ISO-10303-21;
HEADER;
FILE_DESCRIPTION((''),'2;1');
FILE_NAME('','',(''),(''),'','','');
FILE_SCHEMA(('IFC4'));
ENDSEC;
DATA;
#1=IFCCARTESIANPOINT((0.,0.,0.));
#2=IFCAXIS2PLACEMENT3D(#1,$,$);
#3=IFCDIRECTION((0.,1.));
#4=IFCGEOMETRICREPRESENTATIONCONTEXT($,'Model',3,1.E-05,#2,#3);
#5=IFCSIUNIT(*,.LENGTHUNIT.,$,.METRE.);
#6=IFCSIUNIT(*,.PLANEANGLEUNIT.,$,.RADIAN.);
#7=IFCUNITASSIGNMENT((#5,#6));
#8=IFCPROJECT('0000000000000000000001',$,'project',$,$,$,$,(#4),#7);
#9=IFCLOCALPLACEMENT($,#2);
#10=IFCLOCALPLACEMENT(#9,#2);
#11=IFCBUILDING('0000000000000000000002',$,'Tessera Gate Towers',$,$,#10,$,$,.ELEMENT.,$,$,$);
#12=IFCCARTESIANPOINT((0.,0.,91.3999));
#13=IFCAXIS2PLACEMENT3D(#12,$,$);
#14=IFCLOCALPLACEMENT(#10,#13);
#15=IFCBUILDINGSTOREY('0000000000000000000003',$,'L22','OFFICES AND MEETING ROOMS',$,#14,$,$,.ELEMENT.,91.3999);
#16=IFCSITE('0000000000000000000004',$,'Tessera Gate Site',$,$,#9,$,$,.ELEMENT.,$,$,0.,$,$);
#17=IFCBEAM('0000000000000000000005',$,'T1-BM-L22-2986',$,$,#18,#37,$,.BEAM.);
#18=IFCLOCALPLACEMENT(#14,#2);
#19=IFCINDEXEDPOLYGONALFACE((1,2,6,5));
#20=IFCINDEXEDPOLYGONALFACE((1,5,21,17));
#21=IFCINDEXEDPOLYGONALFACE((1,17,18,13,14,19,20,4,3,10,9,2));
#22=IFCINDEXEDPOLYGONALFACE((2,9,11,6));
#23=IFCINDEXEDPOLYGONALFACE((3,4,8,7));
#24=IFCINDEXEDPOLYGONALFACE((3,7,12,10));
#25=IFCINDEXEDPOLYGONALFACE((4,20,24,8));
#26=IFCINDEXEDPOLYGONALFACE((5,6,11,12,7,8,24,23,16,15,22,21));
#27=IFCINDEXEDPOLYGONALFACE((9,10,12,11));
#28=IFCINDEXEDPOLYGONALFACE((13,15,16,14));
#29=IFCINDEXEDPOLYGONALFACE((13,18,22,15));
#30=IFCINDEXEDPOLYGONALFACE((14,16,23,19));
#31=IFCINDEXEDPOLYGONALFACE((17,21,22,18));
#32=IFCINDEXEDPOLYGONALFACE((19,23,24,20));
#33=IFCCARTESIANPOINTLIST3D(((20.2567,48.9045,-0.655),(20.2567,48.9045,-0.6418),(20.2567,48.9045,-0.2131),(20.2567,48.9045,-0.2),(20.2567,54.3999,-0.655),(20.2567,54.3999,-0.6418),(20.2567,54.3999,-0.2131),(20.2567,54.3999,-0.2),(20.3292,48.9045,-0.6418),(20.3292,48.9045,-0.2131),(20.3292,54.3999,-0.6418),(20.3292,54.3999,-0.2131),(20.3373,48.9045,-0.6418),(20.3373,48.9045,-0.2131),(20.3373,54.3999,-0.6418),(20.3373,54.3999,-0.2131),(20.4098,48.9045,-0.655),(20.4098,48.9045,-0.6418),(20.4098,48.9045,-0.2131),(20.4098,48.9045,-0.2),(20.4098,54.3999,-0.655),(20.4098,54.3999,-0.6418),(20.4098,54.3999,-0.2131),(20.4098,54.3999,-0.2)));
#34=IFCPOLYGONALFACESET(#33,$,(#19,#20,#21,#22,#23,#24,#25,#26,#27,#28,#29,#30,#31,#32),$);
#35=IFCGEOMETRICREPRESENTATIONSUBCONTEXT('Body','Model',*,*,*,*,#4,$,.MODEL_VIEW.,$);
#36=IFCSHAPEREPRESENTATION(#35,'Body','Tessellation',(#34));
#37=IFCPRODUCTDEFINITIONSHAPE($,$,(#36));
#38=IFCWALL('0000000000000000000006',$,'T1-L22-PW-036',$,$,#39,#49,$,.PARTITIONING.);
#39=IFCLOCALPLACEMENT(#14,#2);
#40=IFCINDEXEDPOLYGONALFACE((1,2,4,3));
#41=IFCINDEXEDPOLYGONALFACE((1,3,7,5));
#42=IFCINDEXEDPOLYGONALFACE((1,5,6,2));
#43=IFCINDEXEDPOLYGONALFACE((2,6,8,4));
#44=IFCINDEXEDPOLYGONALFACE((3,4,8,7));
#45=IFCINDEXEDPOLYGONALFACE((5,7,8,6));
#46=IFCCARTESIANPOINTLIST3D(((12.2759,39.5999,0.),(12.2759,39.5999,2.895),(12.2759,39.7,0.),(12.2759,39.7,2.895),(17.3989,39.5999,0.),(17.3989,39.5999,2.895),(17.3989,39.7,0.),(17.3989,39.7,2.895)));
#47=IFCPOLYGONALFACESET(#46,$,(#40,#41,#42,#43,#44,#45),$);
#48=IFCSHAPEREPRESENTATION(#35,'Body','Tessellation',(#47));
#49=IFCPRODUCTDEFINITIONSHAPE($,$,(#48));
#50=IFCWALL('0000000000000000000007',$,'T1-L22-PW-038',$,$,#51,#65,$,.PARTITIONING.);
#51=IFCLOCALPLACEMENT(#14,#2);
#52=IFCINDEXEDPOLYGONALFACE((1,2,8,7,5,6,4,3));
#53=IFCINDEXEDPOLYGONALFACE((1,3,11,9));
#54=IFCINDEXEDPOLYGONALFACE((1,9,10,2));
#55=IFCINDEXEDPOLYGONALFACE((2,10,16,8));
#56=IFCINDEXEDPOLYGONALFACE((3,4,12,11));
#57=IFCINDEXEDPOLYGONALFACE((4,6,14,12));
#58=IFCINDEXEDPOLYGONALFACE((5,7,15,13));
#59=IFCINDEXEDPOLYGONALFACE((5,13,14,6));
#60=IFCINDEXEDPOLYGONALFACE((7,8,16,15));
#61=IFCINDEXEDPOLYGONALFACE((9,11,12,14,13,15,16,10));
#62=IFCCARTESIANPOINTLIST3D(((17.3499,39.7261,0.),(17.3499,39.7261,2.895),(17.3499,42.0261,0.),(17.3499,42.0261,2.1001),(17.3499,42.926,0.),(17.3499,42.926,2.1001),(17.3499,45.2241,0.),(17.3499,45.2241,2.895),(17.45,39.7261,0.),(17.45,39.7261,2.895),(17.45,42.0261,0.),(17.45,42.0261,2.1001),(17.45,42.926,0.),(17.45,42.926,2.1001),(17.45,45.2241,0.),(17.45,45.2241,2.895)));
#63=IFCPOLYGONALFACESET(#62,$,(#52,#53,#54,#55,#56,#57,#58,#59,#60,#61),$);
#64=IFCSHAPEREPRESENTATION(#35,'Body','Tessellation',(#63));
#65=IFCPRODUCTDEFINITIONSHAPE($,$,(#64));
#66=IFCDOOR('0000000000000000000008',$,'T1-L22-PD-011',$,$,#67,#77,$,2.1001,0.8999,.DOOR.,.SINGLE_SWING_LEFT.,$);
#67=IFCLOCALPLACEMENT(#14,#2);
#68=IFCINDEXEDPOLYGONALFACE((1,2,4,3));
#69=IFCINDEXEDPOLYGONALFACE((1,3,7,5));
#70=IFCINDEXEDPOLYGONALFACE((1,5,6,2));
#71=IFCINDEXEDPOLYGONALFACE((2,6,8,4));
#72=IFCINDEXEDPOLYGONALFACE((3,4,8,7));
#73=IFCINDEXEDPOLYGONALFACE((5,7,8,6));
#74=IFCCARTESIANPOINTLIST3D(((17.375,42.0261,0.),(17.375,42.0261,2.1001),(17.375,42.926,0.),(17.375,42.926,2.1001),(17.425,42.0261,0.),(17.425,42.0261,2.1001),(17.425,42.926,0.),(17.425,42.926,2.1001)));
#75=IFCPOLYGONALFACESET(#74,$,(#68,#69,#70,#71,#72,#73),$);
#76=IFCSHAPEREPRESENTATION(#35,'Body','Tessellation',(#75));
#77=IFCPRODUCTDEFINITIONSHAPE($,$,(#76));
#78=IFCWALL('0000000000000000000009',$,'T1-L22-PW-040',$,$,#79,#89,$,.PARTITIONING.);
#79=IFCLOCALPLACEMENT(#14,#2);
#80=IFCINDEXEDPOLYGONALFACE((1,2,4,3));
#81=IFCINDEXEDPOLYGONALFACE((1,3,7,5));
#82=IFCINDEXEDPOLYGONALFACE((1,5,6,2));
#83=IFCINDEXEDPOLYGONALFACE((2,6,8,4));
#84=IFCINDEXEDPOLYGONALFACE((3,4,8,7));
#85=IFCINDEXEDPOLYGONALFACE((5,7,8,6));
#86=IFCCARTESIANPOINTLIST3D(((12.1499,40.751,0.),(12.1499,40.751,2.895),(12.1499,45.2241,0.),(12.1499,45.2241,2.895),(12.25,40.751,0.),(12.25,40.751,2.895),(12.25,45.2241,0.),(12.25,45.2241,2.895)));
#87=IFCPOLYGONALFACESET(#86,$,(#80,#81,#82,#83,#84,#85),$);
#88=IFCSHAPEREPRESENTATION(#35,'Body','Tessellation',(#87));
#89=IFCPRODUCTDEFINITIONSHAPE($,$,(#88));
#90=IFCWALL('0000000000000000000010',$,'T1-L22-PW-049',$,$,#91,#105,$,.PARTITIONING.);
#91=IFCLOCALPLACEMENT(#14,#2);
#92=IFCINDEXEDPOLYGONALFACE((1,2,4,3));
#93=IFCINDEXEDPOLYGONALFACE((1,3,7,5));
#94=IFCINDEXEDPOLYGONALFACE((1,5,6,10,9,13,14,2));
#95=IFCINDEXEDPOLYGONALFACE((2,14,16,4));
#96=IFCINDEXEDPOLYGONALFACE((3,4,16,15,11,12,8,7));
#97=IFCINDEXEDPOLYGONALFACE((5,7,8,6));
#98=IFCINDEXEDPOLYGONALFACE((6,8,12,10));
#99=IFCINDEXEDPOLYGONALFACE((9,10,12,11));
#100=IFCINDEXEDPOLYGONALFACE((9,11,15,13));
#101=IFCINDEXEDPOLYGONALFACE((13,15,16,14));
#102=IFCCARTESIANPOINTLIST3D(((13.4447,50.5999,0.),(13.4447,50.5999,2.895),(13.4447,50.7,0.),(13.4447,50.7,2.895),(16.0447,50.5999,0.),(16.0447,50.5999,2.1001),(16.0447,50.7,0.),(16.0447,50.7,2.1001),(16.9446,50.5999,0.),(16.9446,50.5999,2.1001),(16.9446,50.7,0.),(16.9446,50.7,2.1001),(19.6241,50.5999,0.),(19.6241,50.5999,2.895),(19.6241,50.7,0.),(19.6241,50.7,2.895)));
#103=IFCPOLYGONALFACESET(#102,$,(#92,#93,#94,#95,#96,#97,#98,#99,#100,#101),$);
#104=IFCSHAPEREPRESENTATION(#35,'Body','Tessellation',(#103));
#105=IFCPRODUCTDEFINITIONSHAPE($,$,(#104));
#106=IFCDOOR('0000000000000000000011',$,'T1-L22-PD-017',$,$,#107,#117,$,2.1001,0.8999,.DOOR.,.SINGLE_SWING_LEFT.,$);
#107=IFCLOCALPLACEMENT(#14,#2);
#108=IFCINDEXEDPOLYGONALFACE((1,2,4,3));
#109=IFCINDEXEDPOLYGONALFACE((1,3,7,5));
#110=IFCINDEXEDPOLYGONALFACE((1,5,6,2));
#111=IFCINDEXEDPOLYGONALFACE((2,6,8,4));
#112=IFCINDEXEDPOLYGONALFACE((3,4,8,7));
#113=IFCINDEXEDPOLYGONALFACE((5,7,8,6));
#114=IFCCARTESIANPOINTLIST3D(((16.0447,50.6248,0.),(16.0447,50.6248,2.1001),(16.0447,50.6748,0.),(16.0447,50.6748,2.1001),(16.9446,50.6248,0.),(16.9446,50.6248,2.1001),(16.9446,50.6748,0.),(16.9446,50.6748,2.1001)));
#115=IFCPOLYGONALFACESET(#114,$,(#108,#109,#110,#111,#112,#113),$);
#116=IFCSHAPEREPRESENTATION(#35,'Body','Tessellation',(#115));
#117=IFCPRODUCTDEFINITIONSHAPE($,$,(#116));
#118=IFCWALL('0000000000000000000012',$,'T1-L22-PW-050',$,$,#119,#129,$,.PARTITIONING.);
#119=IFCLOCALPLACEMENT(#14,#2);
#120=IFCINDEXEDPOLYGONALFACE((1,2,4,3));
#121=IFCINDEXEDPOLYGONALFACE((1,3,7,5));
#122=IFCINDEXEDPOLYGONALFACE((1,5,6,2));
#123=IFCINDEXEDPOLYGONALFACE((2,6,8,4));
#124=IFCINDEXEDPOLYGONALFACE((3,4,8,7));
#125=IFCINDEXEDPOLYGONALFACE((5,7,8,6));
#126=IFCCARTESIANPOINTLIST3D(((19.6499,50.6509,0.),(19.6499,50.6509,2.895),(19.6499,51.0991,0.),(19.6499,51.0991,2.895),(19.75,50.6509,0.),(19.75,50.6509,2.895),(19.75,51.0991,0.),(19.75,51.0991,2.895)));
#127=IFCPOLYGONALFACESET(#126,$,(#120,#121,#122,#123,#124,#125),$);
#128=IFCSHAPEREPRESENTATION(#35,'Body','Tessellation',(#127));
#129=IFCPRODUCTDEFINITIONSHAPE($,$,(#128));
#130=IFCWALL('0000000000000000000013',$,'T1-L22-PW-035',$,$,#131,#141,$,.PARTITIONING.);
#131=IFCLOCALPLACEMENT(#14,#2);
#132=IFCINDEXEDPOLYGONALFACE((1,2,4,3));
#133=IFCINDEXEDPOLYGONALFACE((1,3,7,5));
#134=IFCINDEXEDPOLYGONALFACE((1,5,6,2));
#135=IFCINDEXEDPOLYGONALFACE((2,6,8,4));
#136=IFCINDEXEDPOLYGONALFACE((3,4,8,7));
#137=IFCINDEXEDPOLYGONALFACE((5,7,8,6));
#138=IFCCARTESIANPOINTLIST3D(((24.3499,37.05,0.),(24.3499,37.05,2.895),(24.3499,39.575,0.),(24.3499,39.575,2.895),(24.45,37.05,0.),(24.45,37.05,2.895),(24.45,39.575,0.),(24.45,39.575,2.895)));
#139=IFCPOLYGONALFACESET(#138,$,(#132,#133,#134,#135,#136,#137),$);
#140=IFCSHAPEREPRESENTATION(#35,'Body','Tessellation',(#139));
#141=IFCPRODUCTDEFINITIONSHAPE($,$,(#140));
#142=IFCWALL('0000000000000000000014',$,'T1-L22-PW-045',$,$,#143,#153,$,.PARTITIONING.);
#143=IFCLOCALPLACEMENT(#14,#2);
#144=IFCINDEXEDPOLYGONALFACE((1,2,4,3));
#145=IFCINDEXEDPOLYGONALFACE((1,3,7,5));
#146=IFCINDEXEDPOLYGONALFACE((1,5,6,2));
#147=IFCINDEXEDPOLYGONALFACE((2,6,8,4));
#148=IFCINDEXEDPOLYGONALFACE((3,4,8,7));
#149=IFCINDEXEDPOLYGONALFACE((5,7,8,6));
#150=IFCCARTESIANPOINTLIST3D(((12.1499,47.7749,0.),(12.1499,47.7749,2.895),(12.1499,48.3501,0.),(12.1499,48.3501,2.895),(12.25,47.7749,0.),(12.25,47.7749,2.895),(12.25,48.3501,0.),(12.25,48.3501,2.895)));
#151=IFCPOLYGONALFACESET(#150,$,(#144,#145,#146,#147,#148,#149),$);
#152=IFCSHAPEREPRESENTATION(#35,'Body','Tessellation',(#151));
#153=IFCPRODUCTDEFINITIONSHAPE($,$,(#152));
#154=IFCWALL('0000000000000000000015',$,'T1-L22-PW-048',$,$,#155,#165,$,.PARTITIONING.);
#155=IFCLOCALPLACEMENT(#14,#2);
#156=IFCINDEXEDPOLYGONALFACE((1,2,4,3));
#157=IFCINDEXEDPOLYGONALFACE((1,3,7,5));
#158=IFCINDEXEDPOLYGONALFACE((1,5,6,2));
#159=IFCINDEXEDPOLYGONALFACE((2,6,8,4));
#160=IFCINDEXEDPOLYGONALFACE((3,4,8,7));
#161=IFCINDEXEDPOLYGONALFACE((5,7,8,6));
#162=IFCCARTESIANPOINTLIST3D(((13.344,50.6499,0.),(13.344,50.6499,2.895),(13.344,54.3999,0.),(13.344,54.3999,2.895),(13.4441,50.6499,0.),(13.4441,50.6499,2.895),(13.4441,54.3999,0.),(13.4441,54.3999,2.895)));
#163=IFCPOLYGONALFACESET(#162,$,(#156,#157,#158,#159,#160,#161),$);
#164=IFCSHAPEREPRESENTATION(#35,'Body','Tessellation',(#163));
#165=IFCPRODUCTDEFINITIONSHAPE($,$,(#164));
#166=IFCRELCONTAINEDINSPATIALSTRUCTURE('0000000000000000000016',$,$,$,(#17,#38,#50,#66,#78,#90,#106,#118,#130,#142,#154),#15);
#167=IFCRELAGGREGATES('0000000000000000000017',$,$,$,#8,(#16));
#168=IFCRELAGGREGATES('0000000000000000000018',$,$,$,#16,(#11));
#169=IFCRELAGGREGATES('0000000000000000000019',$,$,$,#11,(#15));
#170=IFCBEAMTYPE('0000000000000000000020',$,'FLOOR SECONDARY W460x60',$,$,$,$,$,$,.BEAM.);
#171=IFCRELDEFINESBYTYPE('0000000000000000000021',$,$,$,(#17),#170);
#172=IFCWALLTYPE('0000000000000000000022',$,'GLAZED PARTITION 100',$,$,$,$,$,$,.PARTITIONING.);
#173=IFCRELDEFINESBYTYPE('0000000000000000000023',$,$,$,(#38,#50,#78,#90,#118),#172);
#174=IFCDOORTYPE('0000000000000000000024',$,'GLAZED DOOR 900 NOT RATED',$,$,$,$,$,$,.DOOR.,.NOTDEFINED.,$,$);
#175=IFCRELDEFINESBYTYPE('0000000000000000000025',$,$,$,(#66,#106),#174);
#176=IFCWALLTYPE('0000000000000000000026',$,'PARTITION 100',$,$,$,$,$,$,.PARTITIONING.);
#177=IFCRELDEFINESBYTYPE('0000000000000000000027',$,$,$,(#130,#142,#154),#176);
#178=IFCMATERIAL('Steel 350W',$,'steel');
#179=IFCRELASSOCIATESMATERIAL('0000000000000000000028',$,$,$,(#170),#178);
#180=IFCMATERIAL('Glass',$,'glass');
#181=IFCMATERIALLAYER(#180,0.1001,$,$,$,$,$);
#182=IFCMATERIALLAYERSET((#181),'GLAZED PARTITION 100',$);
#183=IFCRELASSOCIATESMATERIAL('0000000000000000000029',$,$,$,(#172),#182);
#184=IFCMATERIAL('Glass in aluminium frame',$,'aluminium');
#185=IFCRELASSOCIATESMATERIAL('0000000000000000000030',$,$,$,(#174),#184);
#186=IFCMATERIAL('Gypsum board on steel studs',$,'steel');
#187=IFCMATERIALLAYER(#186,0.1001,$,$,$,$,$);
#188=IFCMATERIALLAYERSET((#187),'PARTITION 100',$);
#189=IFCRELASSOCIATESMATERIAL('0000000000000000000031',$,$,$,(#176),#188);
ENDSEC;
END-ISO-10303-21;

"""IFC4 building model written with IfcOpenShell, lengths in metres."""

from ifc_helpers import new_model, si_unit, direction, frame, frame_2d, origin, origin_2d, place, context, subcontext, project, spatial, rectangle, i_section, extrude, source, transform, mapped, material, layer, layer_set, material_profile, profile_set, type_object, element, fill, save


model = new_model("IFC4")

# Units and contexts
model_context = context("Model", 3, precision=1e-05, world=origin(), true_north=direction((0.0, 1.0)))
body_context = subcontext(model_context, "Body", "Model", "MODEL_VIEW")
ifc_project = project(units=[si_unit("LENGTHUNIT", "METRE"), si_unit("PLANEANGLEUNIT", "RADIAN")], contexts=[model_context])

# Site, building, storey
site_placement = place(None, origin())
site = spatial("IfcSite", under=ifc_project, at=site_placement, Name="Tessera Gate Site", CompositionType="ELEMENT", RefElevation=0.0)
building_placement = place(site_placement, origin())
building = spatial("IfcBuilding", under=site, at=building_placement, Name="Tessera Gate Towers", CompositionType="ELEMENT")
storey_placement = place(building_placement, frame((0.0, 0.0, 91.3999)))
storey = spatial("IfcBuildingStorey", under=building, at=storey_placement, Name="L22", Description="OFFICES AND MEETING ROOMS", CompositionType="ELEMENT", Elevation=91.3999)

# Beam
ifc_material_1 = material(Name="Steel 350W", Category="steel")
ifc_material_profile_1 = material_profile(ifc_material_1, i_section(OverallWidth=0.1531, OverallDepth=0.4551, WebThickness=0.0081, FlangeThickness=0.0132, at=origin_2d()), Name="W460x60")
ifc_profile_set_1 = profile_set([ifc_material_profile_1], Name="Steel 350W")
beam_type_1 = type_object("IfcBeamType", Name="FLOOR SECONDARY W460x60", PredefinedType="BEAM", material=ifc_profile_set_1)
beam_1_placement = place(storey_placement, frame((20.3333, 48.9045, -0.4275), z_axis=(0.0, 1.0, 0.0), x_axis=(-1.0, 0.0, 0.0)))
element("IfcBeam", 1, at=beam_1_placement, inside=storey, type_object=beam_type_1, Name="T1-BM-L22-2986", PredefinedType="BEAM", context=body_context, shape_type="SweptSolid", body=[
    extrude(i_section(OverallWidth=0.1531, OverallDepth=0.4551, WebThickness=0.0081, FlangeThickness=0.0132, at=origin_2d()), origin(), (0.0, 0.0, 1.0), 5.4954),
])

# Wall
ifc_material_2 = material(Name="Glass", Category="glass")
ifc_layer_1 = layer(ifc_material_2, 0.1001)
ifc_layer_set_1 = layer_set([ifc_layer_1], Name="GLAZED PARTITION 100")
wall_type_1 = type_object("IfcWallType", Name="GLAZED PARTITION 100", PredefinedType="PARTITIONING", material=ifc_layer_set_1)
wall_1_placement = place(storey_placement, frame((12.2759, 39.6499, 0.0), z_axis=(0.0, 0.0, 1.0), x_axis=(1.0, 0.0, 0.0)))
element("IfcWall", 2, at=wall_1_placement, inside=storey, type_object=wall_type_1, Name="T1-L22-PW-036", PredefinedType="PARTITIONING", context=body_context, shape_type="SweptSolid", body=[
    extrude(rectangle(XDim=5.123, YDim=0.1001, at=frame_2d((2.5615, 0.0))), origin(), (0.0, 0.0, 1.0), 2.895),
])

# Wall, opening, door
wall_2_placement = place(storey_placement, frame((17.3999, 39.7261, 0.0), z_axis=(0.0, 0.0, 1.0), x_axis=(0.0, 1.0, 0.0)))
wall_2 = element("IfcWall", 3, at=wall_2_placement, inside=storey, type_object=wall_type_1, Name="T1-L22-PW-038", PredefinedType="PARTITIONING", context=body_context, shape_type="SweptSolid", body=[
    extrude(rectangle(XDim=5.498, YDim=0.1001, at=frame_2d((2.749, 0.0))), origin(), (0.0, 0.0, 1.0), 2.895),
])
shared_shape_1 = source(origin(), body_context, "Body", "SweptSolid", [
    extrude(rectangle(XDim=0.8999, YDim=2.1001, at=frame_2d((0.45, 1.05))), frame((0.0, 0.0601, 0.0), z_axis=(0.0, -1.0, 0.0), x_axis=(1.0, 0.0, 0.0)), (0.0, 0.0, 1.0), 0.1201),
])
opening_1_placement = place(wall_2_placement, frame((2.3, 0.0, 0.0)))
opening_1 = element("IfcOpeningElement", 4, at=opening_1_placement, cuts=wall_2, PredefinedType="OPENING", context=body_context, shape_type="MappedRepresentation", body=[
    mapped(shared_shape_1, transform((0.0, 0.0, 0.0), scale=1.0)),
])
ifc_material_3 = material(Name="Glass in aluminium frame", Category="aluminium")
door_type_1 = type_object("IfcDoorType", Name="GLAZED DOOR 900 NOT RATED", OperationType="NOTDEFINED", PredefinedType="DOOR", material=ifc_material_3)
shared_shape_2 = source(origin(), body_context, "Body", "SweptSolid", [
    extrude(rectangle(XDim=0.8999, YDim=2.1001, at=frame_2d((0.45, 1.05))), frame((0.0, 0.0249, 0.0), z_axis=(0.0, -1.0, 0.0), x_axis=(1.0, 0.0, 0.0)), (0.0, 0.0, 1.0), 0.05),
])
door_1_placement = place(opening_1_placement, origin())
door_1 = element("IfcDoor", 5, at=door_1_placement, inside=storey, type_object=door_type_1, Name="T1-L22-PD-011", OperationType="SINGLE_SWING_LEFT", OverallHeight=2.1001, OverallWidth=0.8999, PredefinedType="DOOR", context=body_context, shape_type="MappedRepresentation", body=[
    mapped(shared_shape_2, transform((0.0, 0.0, 0.0), scale=1.0)),
])
fill(opening_1, door_1)

# Wall
wall_3_placement = place(storey_placement, frame((12.2, 40.751, 0.0), z_axis=(0.0, 0.0, 1.0), x_axis=(0.0, 1.0, 0.0)))
element("IfcWall", 6, at=wall_3_placement, inside=storey, type_object=wall_type_1, Name="T1-L22-PW-040", PredefinedType="PARTITIONING", context=body_context, shape_type="SweptSolid", body=[
    extrude(rectangle(XDim=4.4731, YDim=0.1001, at=frame_2d((2.2366, 0.0))), origin(), (0.0, 0.0, 1.0), 2.895),
])

# Wall, opening, door
wall_4_placement = place(storey_placement, frame((13.4446, 50.6499, 0.0), z_axis=(0.0, 0.0, 1.0), x_axis=(1.0, 0.0, 0.0)))
wall_4 = element("IfcWall", 7, at=wall_4_placement, inside=storey, type_object=wall_type_1, Name="T1-L22-PW-049", PredefinedType="PARTITIONING", context=body_context, shape_type="SweptSolid", body=[
    extrude(rectangle(XDim=6.1794, YDim=0.1001, at=frame_2d((3.0898, 0.0))), origin(), (0.0, 0.0, 1.0), 2.895),
])
opening_2_placement = place(wall_4_placement, frame((2.6001, 0.0, 0.0)))
opening_2 = element("IfcOpeningElement", 8, at=opening_2_placement, cuts=wall_4, PredefinedType="OPENING", context=body_context, shape_type="MappedRepresentation", body=[
    mapped(shared_shape_1, transform((0.0, 0.0, 0.0), scale=1.0)),
])
door_2_placement = place(opening_2_placement, origin())
door_2 = element("IfcDoor", 9, at=door_2_placement, inside=storey, type_object=door_type_1, Name="T1-L22-PD-017", OperationType="SINGLE_SWING_LEFT", OverallHeight=2.1001, OverallWidth=0.8999, PredefinedType="DOOR", context=body_context, shape_type="MappedRepresentation", body=[
    mapped(shared_shape_2, transform((0.0, 0.0, 0.0), scale=1.0)),
])
fill(opening_2, door_2)

# Walls
wall_5_placement = place(storey_placement, frame((19.7, 50.6509, 0.0), z_axis=(0.0, 0.0, 1.0), x_axis=(0.0, 1.0, 0.0)))
element("IfcWall", 10, at=wall_5_placement, inside=storey, type_object=wall_type_1, Name="T1-L22-PW-050", PredefinedType="PARTITIONING", context=body_context, shape_type="SweptSolid", body=[
    extrude(rectangle(XDim=0.4482, YDim=0.1001, at=frame_2d((0.2241, 0.0))), origin(), (0.0, 0.0, 1.0), 2.895),
])
ifc_material_4 = material(Name="Gypsum board on steel studs", Category="steel")
ifc_layer_2 = layer(ifc_material_4, 0.1001)
ifc_layer_set_2 = layer_set([ifc_layer_2], Name="PARTITION 100")
wall_type_2 = type_object("IfcWallType", Name="PARTITION 100", PredefinedType="PARTITIONING", material=ifc_layer_set_2)
wall_6_placement = place(storey_placement, frame((24.3999, 37.05, 0.0), z_axis=(0.0, 0.0, 1.0), x_axis=(0.0, 1.0, 0.0)))
element("IfcWall", 11, at=wall_6_placement, inside=storey, type_object=wall_type_2, Name="T1-L22-PW-035", PredefinedType="PARTITIONING", context=body_context, shape_type="SweptSolid", body=[
    extrude(rectangle(XDim=2.5249, YDim=0.1001, at=frame_2d((1.2625, 0.0))), origin(), (0.0, 0.0, 1.0), 2.895),
])
wall_7_placement = place(storey_placement, frame((12.2, 48.3501, 0.0), z_axis=(0.0, 0.0, 1.0), x_axis=(0.0, -1.0, 0.0)))
element("IfcWall", 12, at=wall_7_placement, inside=storey, type_object=wall_type_2, Name="T1-L22-PW-045", PredefinedType="PARTITIONING", context=body_context, shape_type="SweptSolid", body=[
    extrude(rectangle(XDim=0.5752, YDim=0.1001, at=frame_2d((0.2876, 0.0))), origin(), (0.0, 0.0, 1.0), 2.895),
])
wall_8_placement = place(storey_placement, frame((13.394, 50.6499, 0.0), z_axis=(0.0, 0.0, 1.0), x_axis=(0.0, 1.0, 0.0)))
element("IfcWall", 13, at=wall_8_placement, inside=storey, type_object=wall_type_2, Name="T1-L22-PW-048", PredefinedType="PARTITIONING", context=body_context, shape_type="SweptSolid", body=[
    extrude(rectangle(XDim=3.75, YDim=0.1001, at=frame_2d((1.875, 0.0))), origin(), (0.0, 0.0, 1.0), 2.895),
])

save(model, "model.ifc")
